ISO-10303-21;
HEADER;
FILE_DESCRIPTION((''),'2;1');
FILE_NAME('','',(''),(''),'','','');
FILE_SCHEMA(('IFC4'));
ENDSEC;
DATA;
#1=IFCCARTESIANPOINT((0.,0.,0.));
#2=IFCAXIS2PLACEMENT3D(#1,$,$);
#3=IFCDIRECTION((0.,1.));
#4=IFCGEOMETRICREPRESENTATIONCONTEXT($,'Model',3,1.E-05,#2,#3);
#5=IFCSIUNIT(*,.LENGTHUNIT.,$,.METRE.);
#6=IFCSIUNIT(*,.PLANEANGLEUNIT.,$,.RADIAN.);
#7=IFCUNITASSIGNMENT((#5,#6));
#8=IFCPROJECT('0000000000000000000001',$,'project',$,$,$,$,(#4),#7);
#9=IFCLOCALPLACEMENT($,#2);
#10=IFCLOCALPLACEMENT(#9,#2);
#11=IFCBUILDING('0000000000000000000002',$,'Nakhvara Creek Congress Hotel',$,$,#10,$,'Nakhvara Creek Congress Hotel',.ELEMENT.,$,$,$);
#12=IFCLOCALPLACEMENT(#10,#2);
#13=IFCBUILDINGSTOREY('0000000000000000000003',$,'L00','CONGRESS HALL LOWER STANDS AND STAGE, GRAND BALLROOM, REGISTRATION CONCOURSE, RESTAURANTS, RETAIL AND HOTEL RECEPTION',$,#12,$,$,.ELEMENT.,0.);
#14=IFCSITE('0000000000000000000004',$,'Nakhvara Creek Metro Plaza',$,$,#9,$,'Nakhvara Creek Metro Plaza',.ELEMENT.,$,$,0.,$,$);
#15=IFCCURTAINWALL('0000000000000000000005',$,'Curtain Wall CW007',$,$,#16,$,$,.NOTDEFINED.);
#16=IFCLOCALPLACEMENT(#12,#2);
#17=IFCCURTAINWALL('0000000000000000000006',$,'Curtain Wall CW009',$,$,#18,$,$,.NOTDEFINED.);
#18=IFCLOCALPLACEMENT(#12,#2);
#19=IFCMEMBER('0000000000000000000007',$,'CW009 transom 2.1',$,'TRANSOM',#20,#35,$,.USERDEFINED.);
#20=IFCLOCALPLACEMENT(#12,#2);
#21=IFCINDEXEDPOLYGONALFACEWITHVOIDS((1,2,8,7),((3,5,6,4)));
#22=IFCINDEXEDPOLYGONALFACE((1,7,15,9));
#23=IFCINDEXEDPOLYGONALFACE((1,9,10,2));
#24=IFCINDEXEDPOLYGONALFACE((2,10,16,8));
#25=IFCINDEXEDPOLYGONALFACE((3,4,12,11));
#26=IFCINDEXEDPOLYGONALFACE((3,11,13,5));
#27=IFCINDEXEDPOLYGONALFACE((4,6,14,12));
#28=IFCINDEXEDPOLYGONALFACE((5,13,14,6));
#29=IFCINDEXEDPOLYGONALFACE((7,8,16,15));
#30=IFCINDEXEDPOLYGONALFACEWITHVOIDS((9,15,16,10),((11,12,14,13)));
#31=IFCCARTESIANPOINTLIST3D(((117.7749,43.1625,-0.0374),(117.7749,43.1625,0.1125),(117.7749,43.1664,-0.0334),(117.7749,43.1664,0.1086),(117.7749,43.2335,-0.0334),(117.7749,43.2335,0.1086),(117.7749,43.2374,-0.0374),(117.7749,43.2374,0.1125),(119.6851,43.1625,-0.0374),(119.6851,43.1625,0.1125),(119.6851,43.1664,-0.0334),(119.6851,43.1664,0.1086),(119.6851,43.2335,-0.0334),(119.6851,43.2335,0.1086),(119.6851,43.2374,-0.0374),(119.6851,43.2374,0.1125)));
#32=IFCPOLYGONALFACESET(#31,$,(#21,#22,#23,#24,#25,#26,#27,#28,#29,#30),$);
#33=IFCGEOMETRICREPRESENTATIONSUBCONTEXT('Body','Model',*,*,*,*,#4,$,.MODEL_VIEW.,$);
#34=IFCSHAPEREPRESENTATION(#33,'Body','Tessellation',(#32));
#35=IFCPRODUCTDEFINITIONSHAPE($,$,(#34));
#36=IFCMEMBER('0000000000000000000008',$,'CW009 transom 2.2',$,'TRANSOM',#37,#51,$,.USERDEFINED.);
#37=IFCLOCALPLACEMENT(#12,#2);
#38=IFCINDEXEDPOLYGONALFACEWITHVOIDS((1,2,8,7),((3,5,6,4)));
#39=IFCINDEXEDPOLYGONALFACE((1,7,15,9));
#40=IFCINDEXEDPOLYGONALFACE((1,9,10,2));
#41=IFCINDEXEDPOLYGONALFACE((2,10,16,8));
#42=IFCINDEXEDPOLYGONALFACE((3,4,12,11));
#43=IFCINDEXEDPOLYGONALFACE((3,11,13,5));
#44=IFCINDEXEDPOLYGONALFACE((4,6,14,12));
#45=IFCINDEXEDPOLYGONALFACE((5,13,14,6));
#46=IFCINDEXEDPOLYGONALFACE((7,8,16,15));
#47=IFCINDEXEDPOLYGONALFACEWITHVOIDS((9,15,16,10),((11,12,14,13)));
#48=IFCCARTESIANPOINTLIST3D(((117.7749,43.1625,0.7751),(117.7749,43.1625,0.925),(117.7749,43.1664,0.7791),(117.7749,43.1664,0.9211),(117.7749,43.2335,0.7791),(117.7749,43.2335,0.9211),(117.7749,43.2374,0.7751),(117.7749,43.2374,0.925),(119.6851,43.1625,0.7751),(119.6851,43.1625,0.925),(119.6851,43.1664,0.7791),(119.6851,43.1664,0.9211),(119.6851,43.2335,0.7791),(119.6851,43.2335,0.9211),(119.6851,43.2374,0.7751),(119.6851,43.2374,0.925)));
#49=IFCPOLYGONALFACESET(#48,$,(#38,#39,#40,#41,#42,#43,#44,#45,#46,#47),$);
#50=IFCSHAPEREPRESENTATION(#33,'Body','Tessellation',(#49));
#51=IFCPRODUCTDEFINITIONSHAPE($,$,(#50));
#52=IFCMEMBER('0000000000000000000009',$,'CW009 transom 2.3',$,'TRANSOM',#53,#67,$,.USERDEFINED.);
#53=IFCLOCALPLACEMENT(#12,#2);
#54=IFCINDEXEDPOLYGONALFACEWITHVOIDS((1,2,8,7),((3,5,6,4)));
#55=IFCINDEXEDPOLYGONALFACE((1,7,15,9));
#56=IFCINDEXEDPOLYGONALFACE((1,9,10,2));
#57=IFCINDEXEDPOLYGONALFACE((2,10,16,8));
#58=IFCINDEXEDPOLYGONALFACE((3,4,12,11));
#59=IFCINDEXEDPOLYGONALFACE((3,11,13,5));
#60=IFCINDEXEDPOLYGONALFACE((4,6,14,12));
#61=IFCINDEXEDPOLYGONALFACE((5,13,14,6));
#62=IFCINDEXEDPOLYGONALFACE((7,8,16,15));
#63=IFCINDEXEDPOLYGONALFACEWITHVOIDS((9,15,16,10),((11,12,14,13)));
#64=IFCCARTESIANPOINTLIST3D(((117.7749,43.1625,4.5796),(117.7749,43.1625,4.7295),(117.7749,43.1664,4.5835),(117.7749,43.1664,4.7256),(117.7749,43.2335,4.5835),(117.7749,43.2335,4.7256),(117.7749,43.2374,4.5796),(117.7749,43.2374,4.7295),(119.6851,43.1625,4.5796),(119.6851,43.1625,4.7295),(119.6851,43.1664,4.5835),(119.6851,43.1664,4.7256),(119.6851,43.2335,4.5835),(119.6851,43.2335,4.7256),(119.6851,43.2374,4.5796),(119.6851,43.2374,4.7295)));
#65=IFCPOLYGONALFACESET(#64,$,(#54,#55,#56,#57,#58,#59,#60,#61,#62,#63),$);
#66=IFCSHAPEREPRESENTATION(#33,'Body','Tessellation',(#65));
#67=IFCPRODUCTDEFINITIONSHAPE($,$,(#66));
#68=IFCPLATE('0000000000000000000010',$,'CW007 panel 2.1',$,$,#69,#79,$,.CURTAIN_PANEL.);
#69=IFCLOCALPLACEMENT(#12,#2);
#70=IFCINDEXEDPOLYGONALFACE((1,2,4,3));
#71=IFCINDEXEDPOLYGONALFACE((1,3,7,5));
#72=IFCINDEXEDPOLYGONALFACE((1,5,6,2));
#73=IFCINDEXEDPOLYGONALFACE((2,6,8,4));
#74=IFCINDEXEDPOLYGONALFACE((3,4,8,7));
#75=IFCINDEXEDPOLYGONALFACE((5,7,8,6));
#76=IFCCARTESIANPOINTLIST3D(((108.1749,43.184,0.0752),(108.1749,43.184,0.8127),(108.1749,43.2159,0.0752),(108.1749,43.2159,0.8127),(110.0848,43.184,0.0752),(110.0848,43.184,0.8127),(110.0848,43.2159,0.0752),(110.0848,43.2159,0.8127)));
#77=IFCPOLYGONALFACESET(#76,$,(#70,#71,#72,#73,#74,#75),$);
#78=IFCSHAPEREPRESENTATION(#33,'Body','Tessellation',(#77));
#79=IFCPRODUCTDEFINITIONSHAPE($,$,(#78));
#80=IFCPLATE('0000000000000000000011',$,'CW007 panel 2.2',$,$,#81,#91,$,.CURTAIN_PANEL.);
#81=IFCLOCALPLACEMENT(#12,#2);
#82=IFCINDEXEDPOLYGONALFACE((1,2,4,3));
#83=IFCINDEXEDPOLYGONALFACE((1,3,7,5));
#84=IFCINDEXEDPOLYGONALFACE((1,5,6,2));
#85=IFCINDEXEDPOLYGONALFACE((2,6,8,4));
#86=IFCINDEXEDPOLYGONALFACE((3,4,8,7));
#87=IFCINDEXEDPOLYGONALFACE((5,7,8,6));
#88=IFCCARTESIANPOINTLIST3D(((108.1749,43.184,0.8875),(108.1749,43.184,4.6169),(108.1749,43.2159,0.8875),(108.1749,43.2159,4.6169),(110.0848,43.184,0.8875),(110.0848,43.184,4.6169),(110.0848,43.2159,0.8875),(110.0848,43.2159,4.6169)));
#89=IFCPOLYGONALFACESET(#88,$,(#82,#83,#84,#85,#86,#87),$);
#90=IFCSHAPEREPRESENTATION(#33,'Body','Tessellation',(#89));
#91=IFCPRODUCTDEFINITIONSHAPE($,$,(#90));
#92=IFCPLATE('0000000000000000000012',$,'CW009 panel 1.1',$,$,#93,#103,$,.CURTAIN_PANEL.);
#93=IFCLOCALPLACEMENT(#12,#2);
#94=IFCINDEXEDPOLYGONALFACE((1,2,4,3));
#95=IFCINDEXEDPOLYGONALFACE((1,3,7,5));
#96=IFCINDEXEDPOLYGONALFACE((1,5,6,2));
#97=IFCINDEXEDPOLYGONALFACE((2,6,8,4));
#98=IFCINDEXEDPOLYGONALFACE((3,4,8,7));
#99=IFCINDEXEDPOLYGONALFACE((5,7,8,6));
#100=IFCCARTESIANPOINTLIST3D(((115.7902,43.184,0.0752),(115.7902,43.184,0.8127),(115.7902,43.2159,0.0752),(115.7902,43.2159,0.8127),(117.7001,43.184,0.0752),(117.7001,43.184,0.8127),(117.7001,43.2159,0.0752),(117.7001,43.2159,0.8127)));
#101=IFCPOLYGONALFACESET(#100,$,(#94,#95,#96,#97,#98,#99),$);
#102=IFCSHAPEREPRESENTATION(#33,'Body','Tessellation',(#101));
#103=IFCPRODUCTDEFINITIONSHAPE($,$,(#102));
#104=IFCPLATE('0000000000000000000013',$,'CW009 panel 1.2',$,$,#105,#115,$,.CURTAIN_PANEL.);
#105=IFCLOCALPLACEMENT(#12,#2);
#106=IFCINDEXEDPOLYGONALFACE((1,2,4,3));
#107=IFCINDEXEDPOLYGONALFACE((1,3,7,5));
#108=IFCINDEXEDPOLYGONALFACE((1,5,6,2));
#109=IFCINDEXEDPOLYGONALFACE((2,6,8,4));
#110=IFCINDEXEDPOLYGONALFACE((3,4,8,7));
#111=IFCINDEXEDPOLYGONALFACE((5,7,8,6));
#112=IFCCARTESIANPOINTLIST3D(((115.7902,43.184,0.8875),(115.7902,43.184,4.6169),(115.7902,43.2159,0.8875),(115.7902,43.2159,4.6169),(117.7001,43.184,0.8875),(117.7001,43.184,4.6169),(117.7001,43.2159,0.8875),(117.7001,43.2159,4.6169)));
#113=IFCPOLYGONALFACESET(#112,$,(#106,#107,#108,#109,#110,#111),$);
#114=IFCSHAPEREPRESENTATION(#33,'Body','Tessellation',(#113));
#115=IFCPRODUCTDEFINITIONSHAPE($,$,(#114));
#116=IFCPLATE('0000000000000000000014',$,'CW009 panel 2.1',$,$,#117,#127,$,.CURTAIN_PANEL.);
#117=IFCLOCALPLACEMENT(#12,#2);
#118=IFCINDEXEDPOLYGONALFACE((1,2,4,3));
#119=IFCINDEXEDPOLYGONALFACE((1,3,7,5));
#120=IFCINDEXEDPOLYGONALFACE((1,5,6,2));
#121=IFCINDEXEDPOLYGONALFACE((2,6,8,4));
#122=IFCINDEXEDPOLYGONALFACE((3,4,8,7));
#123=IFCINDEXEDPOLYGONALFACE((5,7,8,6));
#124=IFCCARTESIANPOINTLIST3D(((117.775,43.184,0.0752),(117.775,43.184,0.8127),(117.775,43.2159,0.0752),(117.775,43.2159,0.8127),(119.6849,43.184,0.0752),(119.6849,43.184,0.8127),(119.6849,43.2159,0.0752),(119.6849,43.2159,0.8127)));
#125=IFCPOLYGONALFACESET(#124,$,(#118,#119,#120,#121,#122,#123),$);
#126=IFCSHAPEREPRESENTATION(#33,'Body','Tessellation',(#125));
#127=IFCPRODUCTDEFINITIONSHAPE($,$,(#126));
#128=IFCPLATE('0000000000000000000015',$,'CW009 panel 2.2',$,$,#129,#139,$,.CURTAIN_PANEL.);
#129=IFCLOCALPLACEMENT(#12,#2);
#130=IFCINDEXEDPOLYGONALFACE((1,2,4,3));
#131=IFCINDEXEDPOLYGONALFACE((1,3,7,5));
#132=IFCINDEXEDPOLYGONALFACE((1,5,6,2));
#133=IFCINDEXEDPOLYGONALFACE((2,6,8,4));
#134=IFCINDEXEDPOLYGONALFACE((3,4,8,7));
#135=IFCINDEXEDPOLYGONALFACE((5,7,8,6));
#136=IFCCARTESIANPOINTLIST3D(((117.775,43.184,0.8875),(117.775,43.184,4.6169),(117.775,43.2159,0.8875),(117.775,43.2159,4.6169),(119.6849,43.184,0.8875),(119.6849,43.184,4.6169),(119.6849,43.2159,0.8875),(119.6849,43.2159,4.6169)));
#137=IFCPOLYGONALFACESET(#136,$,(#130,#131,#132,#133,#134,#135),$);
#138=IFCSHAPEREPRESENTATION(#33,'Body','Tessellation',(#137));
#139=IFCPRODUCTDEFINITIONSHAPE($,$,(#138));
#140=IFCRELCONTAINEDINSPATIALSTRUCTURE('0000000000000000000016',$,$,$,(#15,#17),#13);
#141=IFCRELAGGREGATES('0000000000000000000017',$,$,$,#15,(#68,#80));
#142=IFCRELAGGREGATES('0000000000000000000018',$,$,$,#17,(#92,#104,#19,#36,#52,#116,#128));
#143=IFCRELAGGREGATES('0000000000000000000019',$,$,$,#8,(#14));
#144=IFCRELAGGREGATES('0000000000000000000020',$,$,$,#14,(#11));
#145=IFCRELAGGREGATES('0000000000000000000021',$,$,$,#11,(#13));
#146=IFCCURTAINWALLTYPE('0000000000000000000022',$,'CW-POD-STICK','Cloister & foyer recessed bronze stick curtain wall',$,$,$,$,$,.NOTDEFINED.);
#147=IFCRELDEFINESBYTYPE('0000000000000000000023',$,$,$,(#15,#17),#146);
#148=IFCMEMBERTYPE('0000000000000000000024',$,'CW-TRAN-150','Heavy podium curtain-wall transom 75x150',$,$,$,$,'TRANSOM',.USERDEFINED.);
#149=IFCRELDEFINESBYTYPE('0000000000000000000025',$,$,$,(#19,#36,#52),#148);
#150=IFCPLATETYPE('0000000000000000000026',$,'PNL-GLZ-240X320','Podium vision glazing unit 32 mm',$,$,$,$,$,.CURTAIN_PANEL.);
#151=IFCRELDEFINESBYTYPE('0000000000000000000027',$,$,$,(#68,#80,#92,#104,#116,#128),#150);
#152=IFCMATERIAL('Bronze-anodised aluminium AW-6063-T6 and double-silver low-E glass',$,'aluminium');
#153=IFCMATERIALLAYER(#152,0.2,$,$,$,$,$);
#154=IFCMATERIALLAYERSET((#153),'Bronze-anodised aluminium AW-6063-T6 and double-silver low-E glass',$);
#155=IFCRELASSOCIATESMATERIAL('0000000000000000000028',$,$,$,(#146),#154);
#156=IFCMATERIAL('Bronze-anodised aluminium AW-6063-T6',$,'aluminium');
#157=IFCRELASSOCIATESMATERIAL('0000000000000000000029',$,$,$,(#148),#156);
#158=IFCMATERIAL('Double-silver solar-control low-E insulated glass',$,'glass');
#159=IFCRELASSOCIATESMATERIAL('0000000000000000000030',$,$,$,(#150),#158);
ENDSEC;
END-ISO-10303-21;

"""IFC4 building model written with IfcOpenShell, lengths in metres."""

from ifc_helpers import new_model, si_unit, direction, frame, origin, origin_2d, place, context, subcontext, project, spatial, rectangle, hollow_rectangle, extrude, material, layer, layer_set, material_profile, profile_set, type_object, element, aggregate, save


model = new_model("IFC4")

# Units and contexts
model_context = context("Model", 3, precision=1e-05, world=origin(), true_north=direction((0.0, 1.0)))
body_context = subcontext(model_context, "Body", "Model", "MODEL_VIEW")
ifc_project = project(units=[si_unit("LENGTHUNIT", "METRE"), si_unit("PLANEANGLEUNIT", "RADIAN")], contexts=[model_context])

# Site, building, storey
site_placement = place(None, origin())
site = spatial("IfcSite", under=ifc_project, at=site_placement, Name="Nakhvara Creek Metro Plaza", LongName="Nakhvara Creek Metro Plaza", CompositionType="ELEMENT", RefElevation=0.0)
building_placement = place(site_placement, origin())
building = spatial("IfcBuilding", under=site, at=building_placement, Name="Nakhvara Creek Congress Hotel", LongName="Nakhvara Creek Congress Hotel", CompositionType="ELEMENT")
storey_placement = place(building_placement, origin())
storey = spatial("IfcBuildingStorey", under=building, at=storey_placement, Name="L00", Description="CONGRESS HALL LOWER STANDS AND STAGE, GRAND BALLROOM, REGISTRATION CONCOURSE, RESTAURANTS, RETAIL AND HOTEL RECEPTION", CompositionType="ELEMENT", Elevation=0.0)

# Curtain walls
ifc_material_1 = material(Name="Bronze-anodised aluminium AW-6063-T6 and double-silver low-E glass", Category="aluminium")
ifc_layer = layer(ifc_material_1, 0.2)
ifc_layer_set = layer_set([ifc_layer], Name="Bronze-anodised aluminium AW-6063-T6 and double-silver low-E glass")
curtain_wall_type = type_object("IfcCurtainWallType", Name="CW-POD-STICK", Description="Cloister & foyer recessed bronze stick curtain wall", PredefinedType="NOTDEFINED", material=ifc_layer_set)
curtain_wall_1_placement = place(storey_placement, origin())
curtain_wall_1 = element("IfcCurtainWall", 1, at=curtain_wall_1_placement, inside=storey, type_object=curtain_wall_type, Name="Curtain Wall CW007", PredefinedType="NOTDEFINED")
ifc_material_2 = material(Name="Bronze-anodised aluminium AW-6063-T6", Category="aluminium")
curtain_wall_2_placement = place(storey_placement, origin())
curtain_wall_2 = element("IfcCurtainWall", 2, at=curtain_wall_2_placement, inside=storey, type_object=curtain_wall_type, Name="Curtain Wall CW009", PredefinedType="NOTDEFINED")

# Members
ifc_material_profile_1 = material_profile(ifc_material_2, hollow_rectangle(XDim=0.075, YDim=0.1499, WallThickness=0.0039, at=origin_2d()), Name="ALU-TRAN 75x150x4", Category="LoadBearing")
ifc_profile_set_1 = profile_set([ifc_material_profile_1], Name="Bronze-anodised aluminium AW-6063-T6")
member_type_1 = type_object("IfcMemberType", Name="CW-TRAN-150", Description="Heavy podium curtain-wall transom 75x150", ElementType="TRANSOM", PredefinedType="USERDEFINED", material=ifc_profile_set_1)
member_1_placement = place(storey_placement, frame((117.7749, 43.2, 0.0376), z_axis=(1.0, 0.0, 0.0), x_axis=(0.0, 1.0, 0.0)))
member_1 = element("IfcMember", 3, at=member_1_placement, type_object=member_type_1, Name="CW009 transom 2.1", ObjectType="TRANSOM", PredefinedType="USERDEFINED", context=body_context, shape_type="SweptSolid", body=[
    extrude(hollow_rectangle(XDim=0.075, YDim=0.1499, WallThickness=0.0039, at=origin_2d()), origin(), (0.0, 0.0, 1.0), 1.9102),
])
member_2_placement = place(storey_placement, frame((117.7749, 43.2, 0.8501), z_axis=(1.0, 0.0, 0.0), x_axis=(0.0, 1.0, 0.0)))
member_2 = element("IfcMember", 4, at=member_2_placement, type_object=member_type_1, Name="CW009 transom 2.2", ObjectType="TRANSOM", PredefinedType="USERDEFINED", context=body_context, shape_type="SweptSolid", body=[
    extrude(hollow_rectangle(XDim=0.075, YDim=0.1499, WallThickness=0.0039, at=origin_2d()), origin(), (0.0, 0.0, 1.0), 1.9102),
])
member_3_placement = place(storey_placement, frame((117.7749, 43.2, 4.6545), z_axis=(1.0, 0.0, 0.0), x_axis=(0.0, 1.0, 0.0)))
member_3 = element("IfcMember", 5, at=member_3_placement, type_object=member_type_1, Name="CW009 transom 2.3", ObjectType="TRANSOM", PredefinedType="USERDEFINED", context=body_context, shape_type="SweptSolid", body=[
    extrude(hollow_rectangle(XDim=0.075, YDim=0.1499, WallThickness=0.0039, at=origin_2d()), origin(), (0.0, 0.0, 1.0), 1.9102),
])

# Plates
ifc_material_3 = material(Name="Double-silver solar-control low-E insulated glass", Category="glass")
plate_type = type_object("IfcPlateType", Name="PNL-GLZ-240X320", Description="Podium vision glazing unit 32 mm", PredefinedType="CURTAIN_PANEL", material=ifc_material_3)
plate_1_placement = place(storey_placement, frame((109.1299, 43.2, 0.0752), z_axis=(0.0, 0.0, 1.0), x_axis=(1.0, 0.0, 0.0)))
plate_1 = element("IfcPlate", 6, at=plate_1_placement, type_object=plate_type, Name="CW007 panel 2.1", PredefinedType="CURTAIN_PANEL", context=body_context, shape_type="SweptSolid", body=[
    extrude(rectangle(XDim=1.9099, YDim=0.032, at=origin_2d()), origin(), (0.0, 0.0, 1.0), 0.7375),
])
plate_2_placement = place(storey_placement, frame((109.1299, 43.2, 0.8875), z_axis=(0.0, 0.0, 1.0), x_axis=(1.0, 0.0, 0.0)))
plate_2 = element("IfcPlate", 7, at=plate_2_placement, type_object=plate_type, Name="CW007 panel 2.2", PredefinedType="CURTAIN_PANEL", context=body_context, shape_type="SweptSolid", body=[
    extrude(rectangle(XDim=1.9099, YDim=0.032, at=origin_2d()), origin(), (0.0, 0.0, 1.0), 3.7295),
])
aggregate(curtain_wall_1, [plate_1, plate_2])
plate_3_placement = place(storey_placement, frame((116.7451, 43.2, 0.0752), z_axis=(0.0, 0.0, 1.0), x_axis=(1.0, 0.0, 0.0)))
plate_3 = element("IfcPlate", 8, at=plate_3_placement, type_object=plate_type, Name="CW009 panel 1.1", PredefinedType="CURTAIN_PANEL", context=body_context, shape_type="SweptSolid", body=[
    extrude(rectangle(XDim=1.9099, YDim=0.032, at=origin_2d()), origin(), (0.0, 0.0, 1.0), 0.7375),
])
plate_4_placement = place(storey_placement, frame((116.7451, 43.2, 0.8875), z_axis=(0.0, 0.0, 1.0), x_axis=(1.0, 0.0, 0.0)))
plate_4 = element("IfcPlate", 9, at=plate_4_placement, type_object=plate_type, Name="CW009 panel 1.2", PredefinedType="CURTAIN_PANEL", context=body_context, shape_type="SweptSolid", body=[
    extrude(rectangle(XDim=1.9099, YDim=0.032, at=origin_2d()), origin(), (0.0, 0.0, 1.0), 3.7295),
])
plate_5_placement = place(storey_placement, frame((118.73, 43.2, 0.0752), z_axis=(0.0, 0.0, 1.0), x_axis=(1.0, 0.0, 0.0)))
plate_5 = element("IfcPlate", 10, at=plate_5_placement, type_object=plate_type, Name="CW009 panel 2.1", PredefinedType="CURTAIN_PANEL", context=body_context, shape_type="SweptSolid", body=[
    extrude(rectangle(XDim=1.9099, YDim=0.032, at=origin_2d()), origin(), (0.0, 0.0, 1.0), 0.7375),
])
plate_6_placement = place(storey_placement, frame((118.73, 43.2, 0.8875), z_axis=(0.0, 0.0, 1.0), x_axis=(1.0, 0.0, 0.0)))
plate_6 = element("IfcPlate", 11, at=plate_6_placement, type_object=plate_type, Name="CW009 panel 2.2", PredefinedType="CURTAIN_PANEL", context=body_context, shape_type="SweptSolid", body=[
    extrude(rectangle(XDim=1.9099, YDim=0.032, at=origin_2d()), origin(), (0.0, 0.0, 1.0), 3.7295),
])
aggregate(curtain_wall_2, [plate_3, plate_4, member_1, member_2, member_3, plate_5, plate_6])

save(model, "model.ifc")
